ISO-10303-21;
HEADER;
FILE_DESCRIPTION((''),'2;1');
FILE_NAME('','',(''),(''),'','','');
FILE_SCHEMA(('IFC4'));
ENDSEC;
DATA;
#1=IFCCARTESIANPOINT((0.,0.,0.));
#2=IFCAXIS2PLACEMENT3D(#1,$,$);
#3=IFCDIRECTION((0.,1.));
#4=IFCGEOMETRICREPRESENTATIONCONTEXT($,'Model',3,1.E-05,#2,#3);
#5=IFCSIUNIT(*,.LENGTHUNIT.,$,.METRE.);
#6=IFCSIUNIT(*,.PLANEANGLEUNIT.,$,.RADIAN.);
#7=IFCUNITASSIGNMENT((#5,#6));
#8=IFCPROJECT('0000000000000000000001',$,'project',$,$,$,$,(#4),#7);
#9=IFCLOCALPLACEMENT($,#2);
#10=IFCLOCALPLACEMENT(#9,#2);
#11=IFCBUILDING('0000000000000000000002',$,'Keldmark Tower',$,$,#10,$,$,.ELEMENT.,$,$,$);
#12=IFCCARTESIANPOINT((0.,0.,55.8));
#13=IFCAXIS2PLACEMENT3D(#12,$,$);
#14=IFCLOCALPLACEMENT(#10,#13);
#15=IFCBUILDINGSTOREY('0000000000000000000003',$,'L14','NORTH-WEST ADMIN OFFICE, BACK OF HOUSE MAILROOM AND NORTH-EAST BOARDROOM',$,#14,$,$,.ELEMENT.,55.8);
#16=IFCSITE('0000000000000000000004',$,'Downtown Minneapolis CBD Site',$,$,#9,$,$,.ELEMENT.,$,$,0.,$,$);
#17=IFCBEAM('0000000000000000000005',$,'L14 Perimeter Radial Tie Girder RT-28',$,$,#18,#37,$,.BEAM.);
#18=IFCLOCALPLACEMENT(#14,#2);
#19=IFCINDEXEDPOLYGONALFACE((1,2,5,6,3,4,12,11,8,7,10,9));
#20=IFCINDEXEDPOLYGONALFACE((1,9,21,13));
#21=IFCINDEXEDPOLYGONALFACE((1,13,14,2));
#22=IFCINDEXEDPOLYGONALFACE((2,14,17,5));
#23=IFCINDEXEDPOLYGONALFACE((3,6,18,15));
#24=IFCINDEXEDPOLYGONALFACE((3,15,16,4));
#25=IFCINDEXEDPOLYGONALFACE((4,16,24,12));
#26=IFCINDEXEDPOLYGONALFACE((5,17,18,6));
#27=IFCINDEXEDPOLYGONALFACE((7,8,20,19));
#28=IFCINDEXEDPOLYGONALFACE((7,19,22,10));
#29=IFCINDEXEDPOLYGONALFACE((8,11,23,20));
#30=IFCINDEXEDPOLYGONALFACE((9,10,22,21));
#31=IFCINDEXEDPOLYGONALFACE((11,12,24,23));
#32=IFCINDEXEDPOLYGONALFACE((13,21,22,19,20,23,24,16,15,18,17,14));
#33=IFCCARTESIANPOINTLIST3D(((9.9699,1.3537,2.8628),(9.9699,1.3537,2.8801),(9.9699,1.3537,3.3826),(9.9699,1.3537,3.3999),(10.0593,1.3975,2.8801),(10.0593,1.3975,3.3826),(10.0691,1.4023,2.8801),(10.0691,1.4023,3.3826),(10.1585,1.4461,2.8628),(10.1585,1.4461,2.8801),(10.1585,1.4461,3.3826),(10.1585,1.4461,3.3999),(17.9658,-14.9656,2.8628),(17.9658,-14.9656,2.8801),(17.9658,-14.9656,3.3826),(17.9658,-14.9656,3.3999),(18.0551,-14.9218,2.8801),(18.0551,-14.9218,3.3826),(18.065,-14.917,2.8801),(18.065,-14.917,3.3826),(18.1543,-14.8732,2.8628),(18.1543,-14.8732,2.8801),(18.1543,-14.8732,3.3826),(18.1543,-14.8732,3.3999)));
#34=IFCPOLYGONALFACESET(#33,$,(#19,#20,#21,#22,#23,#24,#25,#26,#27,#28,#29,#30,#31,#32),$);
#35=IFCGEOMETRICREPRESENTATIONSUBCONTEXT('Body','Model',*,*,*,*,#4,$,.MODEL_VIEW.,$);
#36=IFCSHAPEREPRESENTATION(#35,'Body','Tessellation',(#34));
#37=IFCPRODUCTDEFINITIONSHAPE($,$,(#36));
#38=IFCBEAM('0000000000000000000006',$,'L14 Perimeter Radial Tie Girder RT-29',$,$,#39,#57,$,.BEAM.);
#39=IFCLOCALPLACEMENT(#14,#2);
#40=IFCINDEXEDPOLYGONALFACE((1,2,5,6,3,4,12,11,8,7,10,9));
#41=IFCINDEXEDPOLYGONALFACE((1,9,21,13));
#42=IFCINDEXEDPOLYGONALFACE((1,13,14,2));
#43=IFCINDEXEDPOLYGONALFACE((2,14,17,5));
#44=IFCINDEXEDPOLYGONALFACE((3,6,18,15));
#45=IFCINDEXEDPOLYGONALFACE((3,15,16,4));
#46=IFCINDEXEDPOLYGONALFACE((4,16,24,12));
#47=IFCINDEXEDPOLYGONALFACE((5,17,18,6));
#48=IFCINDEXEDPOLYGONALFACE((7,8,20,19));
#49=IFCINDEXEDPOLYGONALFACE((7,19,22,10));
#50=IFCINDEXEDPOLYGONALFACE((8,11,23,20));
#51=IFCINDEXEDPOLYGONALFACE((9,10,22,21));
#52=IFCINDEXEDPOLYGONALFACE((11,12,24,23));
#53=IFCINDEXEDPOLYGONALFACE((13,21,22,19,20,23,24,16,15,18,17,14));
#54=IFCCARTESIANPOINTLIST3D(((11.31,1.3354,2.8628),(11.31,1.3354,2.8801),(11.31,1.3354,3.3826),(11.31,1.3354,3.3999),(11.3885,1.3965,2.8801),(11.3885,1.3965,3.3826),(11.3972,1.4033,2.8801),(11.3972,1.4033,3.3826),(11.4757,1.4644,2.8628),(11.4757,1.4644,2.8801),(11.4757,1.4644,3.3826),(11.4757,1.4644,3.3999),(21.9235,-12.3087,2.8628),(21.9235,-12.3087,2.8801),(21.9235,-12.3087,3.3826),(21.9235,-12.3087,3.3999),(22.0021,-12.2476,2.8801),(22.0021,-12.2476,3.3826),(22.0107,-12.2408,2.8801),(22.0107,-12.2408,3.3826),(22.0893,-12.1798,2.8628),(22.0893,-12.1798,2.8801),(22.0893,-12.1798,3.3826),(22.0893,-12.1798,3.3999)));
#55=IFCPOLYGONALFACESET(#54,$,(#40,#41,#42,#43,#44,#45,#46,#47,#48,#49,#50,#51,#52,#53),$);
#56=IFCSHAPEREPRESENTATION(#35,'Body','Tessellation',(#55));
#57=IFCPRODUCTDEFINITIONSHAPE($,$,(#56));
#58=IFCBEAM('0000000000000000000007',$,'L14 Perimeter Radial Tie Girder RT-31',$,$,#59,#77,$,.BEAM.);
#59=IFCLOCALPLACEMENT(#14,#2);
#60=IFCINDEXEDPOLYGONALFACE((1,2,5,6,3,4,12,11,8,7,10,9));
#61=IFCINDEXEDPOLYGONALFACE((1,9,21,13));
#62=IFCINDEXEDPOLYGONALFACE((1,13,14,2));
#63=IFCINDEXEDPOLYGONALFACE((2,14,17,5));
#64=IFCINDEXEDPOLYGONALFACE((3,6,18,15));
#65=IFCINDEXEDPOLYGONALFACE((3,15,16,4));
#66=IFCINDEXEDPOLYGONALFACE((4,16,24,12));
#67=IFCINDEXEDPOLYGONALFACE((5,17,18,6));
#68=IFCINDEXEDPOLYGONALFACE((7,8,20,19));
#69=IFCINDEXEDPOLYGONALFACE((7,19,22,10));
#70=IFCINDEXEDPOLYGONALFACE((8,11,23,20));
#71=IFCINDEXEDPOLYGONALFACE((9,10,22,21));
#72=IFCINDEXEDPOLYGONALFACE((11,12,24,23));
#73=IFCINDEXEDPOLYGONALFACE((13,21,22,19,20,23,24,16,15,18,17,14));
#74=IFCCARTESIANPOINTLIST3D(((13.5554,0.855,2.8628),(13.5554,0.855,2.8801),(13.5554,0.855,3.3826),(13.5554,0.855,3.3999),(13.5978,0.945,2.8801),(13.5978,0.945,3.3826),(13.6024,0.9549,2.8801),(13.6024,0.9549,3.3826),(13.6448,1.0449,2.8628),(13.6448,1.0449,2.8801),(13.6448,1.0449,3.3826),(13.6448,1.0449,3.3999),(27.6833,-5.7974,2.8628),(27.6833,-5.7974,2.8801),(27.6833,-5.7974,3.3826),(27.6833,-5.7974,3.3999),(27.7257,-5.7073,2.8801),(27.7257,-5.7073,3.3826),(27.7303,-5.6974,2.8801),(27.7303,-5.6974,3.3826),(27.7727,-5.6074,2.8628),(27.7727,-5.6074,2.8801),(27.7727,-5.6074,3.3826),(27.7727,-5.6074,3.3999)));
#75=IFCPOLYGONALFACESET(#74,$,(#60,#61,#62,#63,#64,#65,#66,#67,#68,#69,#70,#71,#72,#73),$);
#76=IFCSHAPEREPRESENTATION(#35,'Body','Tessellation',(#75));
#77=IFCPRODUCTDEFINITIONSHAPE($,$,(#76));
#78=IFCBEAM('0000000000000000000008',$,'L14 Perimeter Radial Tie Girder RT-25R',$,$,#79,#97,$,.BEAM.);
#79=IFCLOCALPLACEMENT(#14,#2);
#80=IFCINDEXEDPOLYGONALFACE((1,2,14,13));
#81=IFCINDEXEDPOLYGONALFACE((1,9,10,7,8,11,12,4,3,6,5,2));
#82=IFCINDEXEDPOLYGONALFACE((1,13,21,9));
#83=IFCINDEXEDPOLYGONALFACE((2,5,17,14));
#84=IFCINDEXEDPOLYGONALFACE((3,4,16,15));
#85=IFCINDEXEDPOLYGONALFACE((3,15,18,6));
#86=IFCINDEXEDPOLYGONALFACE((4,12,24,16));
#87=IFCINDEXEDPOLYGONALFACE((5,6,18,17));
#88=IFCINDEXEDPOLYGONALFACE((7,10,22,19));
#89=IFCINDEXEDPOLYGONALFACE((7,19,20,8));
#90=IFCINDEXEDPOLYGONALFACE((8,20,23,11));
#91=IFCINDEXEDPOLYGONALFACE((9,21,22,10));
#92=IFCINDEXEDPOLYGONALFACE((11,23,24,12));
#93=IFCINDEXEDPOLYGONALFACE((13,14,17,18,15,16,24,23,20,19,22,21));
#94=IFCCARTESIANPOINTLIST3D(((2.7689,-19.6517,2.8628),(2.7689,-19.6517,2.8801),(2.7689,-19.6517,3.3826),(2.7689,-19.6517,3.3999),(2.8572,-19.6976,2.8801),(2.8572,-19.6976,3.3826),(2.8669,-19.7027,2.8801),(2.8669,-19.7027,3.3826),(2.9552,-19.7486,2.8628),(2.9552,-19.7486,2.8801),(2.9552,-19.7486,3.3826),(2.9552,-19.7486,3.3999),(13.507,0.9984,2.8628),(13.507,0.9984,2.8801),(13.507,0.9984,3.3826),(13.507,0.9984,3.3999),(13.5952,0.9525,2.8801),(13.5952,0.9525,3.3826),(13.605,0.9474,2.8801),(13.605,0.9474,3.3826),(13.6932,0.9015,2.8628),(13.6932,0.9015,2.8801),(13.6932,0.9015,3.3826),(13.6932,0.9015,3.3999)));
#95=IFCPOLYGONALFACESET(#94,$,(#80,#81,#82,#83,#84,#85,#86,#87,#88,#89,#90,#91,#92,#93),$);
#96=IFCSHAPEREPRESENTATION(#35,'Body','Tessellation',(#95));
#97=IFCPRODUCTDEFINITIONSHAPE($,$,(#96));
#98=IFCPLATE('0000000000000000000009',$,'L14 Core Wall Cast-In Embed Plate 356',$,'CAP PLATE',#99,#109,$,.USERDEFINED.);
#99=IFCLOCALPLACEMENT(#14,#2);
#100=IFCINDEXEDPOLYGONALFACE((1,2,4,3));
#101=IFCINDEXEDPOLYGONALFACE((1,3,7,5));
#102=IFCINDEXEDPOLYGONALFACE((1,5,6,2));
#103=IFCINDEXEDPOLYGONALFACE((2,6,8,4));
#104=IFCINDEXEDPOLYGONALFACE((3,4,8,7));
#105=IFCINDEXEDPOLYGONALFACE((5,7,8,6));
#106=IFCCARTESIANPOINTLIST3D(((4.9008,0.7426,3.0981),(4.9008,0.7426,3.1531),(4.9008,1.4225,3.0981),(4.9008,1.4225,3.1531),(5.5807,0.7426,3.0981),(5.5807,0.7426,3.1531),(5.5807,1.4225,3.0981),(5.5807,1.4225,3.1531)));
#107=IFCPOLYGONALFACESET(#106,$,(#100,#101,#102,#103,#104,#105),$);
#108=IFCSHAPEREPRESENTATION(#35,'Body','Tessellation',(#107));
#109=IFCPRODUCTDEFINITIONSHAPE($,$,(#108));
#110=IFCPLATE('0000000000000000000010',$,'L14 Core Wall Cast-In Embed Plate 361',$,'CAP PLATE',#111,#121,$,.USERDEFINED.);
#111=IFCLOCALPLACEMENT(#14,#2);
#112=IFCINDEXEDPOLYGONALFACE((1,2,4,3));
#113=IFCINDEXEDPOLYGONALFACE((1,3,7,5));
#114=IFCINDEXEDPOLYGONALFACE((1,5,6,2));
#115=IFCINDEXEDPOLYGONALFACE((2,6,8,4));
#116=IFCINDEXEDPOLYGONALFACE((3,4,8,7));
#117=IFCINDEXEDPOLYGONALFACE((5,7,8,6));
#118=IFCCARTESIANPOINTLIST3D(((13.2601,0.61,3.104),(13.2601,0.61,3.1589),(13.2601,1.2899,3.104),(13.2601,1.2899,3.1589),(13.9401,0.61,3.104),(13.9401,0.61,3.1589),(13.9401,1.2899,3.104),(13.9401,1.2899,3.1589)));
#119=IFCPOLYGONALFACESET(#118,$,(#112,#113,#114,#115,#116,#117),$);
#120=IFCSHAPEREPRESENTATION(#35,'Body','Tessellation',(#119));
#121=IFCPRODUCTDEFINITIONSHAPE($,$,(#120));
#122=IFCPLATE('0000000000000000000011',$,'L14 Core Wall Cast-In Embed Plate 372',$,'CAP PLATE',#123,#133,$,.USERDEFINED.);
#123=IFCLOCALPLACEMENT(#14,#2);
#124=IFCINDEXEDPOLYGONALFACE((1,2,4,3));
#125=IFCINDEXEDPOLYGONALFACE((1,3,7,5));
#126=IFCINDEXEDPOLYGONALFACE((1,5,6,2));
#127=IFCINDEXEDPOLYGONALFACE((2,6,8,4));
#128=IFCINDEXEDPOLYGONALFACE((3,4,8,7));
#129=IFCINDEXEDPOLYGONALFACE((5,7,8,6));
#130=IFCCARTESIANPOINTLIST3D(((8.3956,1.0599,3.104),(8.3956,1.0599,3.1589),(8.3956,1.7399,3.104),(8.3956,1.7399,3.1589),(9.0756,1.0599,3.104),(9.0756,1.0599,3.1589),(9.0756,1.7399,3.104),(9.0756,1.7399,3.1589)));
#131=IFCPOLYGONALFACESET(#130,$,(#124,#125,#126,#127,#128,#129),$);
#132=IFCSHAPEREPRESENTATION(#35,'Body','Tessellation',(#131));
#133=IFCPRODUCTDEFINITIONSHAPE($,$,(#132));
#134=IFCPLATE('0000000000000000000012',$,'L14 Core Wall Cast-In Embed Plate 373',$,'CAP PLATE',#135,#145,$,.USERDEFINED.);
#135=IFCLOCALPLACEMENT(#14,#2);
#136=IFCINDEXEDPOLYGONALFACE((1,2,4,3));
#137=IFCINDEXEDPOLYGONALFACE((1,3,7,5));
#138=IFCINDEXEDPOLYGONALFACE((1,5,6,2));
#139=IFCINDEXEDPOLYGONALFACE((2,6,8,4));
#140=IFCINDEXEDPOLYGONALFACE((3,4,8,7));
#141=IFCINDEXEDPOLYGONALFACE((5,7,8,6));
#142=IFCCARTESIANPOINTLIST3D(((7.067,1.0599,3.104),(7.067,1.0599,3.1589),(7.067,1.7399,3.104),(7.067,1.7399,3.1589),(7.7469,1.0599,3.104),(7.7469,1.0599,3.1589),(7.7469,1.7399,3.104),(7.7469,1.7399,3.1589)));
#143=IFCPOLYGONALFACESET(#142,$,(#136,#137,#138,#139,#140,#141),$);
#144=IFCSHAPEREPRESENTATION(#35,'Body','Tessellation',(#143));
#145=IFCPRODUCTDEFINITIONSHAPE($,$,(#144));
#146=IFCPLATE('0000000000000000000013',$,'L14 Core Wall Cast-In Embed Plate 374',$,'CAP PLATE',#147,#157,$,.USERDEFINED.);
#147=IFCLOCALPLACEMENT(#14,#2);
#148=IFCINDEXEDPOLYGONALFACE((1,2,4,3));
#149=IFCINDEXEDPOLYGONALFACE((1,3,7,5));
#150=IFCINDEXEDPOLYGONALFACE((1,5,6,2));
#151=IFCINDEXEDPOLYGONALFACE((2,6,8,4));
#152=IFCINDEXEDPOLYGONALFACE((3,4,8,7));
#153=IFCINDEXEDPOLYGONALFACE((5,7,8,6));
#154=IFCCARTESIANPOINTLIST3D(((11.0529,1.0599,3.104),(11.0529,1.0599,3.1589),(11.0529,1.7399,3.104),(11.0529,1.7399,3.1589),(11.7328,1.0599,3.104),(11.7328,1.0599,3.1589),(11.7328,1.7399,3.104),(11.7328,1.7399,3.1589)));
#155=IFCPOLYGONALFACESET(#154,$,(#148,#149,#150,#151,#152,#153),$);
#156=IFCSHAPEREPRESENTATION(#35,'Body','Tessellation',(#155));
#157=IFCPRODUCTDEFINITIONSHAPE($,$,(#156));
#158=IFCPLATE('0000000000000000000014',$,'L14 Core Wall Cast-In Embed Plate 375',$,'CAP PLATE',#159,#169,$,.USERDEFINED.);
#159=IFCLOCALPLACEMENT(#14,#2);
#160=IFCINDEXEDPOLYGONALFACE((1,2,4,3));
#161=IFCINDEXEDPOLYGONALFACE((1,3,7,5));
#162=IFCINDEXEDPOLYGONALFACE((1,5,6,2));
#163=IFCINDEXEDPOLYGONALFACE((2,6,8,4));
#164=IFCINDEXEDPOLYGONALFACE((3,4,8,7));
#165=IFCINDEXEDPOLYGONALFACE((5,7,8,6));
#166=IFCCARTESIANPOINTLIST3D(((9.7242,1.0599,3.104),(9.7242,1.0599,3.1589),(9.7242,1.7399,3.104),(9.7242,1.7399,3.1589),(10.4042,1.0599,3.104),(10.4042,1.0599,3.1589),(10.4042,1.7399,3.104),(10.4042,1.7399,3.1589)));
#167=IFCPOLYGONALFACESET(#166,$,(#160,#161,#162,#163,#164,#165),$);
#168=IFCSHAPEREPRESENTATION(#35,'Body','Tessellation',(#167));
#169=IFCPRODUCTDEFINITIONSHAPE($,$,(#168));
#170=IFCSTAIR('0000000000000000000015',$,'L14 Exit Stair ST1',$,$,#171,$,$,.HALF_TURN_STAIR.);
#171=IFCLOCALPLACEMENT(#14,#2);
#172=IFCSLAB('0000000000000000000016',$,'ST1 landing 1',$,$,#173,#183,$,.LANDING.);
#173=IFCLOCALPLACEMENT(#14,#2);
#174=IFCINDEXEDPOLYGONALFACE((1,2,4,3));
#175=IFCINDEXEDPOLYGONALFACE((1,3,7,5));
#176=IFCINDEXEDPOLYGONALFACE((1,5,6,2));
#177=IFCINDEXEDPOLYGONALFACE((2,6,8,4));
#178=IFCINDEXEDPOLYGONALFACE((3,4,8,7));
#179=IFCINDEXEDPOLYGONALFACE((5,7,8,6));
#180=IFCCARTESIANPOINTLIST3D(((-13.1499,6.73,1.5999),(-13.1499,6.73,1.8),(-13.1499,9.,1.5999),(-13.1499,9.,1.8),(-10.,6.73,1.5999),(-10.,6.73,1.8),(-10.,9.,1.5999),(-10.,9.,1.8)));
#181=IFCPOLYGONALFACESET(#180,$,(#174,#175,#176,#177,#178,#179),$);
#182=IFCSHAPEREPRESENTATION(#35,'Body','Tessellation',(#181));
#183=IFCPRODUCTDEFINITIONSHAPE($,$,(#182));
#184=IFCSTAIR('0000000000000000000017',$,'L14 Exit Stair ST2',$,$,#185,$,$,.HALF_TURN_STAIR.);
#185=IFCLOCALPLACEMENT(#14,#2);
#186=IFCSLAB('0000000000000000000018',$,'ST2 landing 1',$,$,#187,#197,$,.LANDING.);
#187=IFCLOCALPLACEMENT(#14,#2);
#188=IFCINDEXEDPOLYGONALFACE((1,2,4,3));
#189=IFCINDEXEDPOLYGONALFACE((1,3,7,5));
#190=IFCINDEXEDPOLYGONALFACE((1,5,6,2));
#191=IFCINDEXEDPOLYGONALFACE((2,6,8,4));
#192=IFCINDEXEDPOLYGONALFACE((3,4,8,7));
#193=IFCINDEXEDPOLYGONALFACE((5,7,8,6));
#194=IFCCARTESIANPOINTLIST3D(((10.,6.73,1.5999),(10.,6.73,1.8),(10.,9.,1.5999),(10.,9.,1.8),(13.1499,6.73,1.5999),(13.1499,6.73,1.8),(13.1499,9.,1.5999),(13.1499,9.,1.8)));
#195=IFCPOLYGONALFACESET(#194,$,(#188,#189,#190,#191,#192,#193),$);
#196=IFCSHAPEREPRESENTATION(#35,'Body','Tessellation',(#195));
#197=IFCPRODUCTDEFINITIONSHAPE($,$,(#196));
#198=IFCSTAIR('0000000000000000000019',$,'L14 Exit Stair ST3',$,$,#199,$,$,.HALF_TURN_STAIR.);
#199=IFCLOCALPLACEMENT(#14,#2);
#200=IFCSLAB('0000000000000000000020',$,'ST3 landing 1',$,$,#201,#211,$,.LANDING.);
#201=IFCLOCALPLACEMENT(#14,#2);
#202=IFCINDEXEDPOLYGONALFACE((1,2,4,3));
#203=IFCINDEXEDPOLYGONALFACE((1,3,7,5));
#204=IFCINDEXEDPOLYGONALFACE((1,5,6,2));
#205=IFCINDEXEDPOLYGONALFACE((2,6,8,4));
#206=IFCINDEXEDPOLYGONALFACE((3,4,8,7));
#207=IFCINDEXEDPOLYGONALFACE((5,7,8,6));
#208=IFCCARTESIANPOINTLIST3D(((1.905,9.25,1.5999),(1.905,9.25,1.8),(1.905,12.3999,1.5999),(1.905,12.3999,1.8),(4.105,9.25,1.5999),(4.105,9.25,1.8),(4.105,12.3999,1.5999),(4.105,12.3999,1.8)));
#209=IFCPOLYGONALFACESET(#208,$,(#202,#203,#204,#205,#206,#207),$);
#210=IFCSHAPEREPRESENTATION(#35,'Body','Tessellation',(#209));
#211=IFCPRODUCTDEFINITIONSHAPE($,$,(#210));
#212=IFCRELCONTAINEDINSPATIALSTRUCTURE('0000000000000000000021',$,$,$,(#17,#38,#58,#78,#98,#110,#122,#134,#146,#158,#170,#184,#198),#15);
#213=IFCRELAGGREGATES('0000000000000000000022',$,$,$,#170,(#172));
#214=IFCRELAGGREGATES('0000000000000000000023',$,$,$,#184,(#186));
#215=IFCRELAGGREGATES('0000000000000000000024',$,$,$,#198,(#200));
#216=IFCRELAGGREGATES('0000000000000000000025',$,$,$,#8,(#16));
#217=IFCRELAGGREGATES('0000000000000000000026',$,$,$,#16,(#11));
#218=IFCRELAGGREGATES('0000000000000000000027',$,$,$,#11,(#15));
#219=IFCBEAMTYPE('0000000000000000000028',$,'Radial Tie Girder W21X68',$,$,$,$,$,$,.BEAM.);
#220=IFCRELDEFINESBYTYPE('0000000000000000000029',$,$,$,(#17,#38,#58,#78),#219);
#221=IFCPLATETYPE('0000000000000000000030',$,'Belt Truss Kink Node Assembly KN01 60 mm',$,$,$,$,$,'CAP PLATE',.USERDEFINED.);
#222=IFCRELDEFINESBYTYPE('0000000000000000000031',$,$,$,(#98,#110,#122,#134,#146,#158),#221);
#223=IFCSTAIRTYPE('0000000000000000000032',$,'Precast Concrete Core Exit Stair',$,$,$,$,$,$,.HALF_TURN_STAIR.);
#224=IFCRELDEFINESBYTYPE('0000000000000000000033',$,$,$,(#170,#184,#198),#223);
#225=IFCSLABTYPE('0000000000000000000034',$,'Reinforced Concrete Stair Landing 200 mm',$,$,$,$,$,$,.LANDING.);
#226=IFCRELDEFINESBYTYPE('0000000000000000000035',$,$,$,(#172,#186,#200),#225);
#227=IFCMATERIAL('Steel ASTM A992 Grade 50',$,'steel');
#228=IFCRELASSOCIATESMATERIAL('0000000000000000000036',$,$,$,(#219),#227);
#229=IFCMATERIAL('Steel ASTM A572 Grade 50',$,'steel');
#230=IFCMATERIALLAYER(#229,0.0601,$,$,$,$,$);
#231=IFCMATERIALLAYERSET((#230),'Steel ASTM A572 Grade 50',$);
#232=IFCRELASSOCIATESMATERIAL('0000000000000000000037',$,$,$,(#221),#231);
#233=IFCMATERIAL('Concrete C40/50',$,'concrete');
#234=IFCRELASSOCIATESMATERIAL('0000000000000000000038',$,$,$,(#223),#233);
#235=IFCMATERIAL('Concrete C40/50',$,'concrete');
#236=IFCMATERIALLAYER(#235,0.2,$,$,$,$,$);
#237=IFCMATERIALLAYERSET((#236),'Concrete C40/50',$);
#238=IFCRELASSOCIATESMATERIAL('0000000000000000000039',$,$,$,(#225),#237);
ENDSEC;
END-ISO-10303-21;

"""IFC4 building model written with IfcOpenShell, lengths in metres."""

from ifc_helpers import new_model, si_unit, direction, frame, origin, origin_2d, place, context, subcontext, project, spatial, polyline, rectangle, i_section, outline, extrude, material, layer, layer_set, material_profile, profile_set, type_object, element, aggregate, save


model = new_model("IFC4")

# Units and contexts
model_context = context("Model", 3, precision=1e-05, world=origin(), true_north=direction((0.0, 1.0)))
body_context = subcontext(model_context, "Body", "Model", "MODEL_VIEW")
ifc_project = project(units=[si_unit("LENGTHUNIT", "METRE"), si_unit("PLANEANGLEUNIT", "RADIAN")], contexts=[model_context])

# Site, building, storey
site_placement = place(None, origin())
site = spatial("IfcSite", under=ifc_project, at=site_placement, Name="Downtown Minneapolis CBD Site", CompositionType="ELEMENT", RefElevation=0.0)
building_placement = place(site_placement, origin())
building = spatial("IfcBuilding", under=site, at=building_placement, Name="Keldmark Tower", CompositionType="ELEMENT")
storey_placement = place(building_placement, frame((0.0, 0.0, 55.8)))
storey = spatial("IfcBuildingStorey", under=building, at=storey_placement, Name="L14", Description="NORTH-WEST ADMIN OFFICE, BACK OF HOUSE MAILROOM AND NORTH-EAST BOARDROOM", CompositionType="ELEMENT", Elevation=55.8)

# Beams
ifc_material_1 = material(Name="Steel ASTM A992 Grade 50", Category="steel")
ifc_material_profile_1 = material_profile(ifc_material_1, i_section(OverallWidth=0.21, OverallDepth=0.5371, WebThickness=0.011, FlangeThickness=0.0173, at=origin_2d()), Name="W21X68")
ifc_profile_set_1 = profile_set([ifc_material_profile_1], Name="Steel ASTM A992 Grade 50")
beam_type = type_object("IfcBeamType", Name="Radial Tie Girder W21X68", PredefinedType="BEAM", material=ifc_profile_set_1)
beam_1_placement = place(storey_placement, frame((10.0642, 1.3999, 3.1313), z_axis=(0.439988, -0.898004, 0.0), x_axis=(0.898004, 0.439988, 0.0)))
element("IfcBeam", 1, at=beam_1_placement, inside=storey, type_object=beam_type, Name="L14 Perimeter Radial Tie Girder RT-28", PredefinedType="BEAM", context=body_context, shape_type="SweptSolid", body=[
    extrude(i_section(OverallWidth=0.21, OverallDepth=0.5371, WebThickness=0.011, FlangeThickness=0.0173, at=origin_2d()), origin(), (0.0, 0.0, 1.0), 18.1729),
])
beam_2_placement = place(storey_placement, frame((11.3928, 1.3999, 3.1313), z_axis=(0.613994, -0.78931, 0.0), x_axis=(0.78931, 0.613994, 0.0)))
element("IfcBeam", 2, at=beam_2_placement, inside=storey, type_object=beam_type, Name="L14 Perimeter Radial Tie Girder RT-29", PredefinedType="BEAM", context=body_context, shape_type="SweptSolid", body=[
    extrude(i_section(OverallWidth=0.21, OverallDepth=0.5371, WebThickness=0.011, FlangeThickness=0.0173, at=origin_2d()), origin(), (0.0, 0.0, 1.0), 17.2861),
])
beam_3_placement = place(storey_placement, frame((13.6001, 0.95, 3.1313), z_axis=(0.904722, -0.426002, 0.0), x_axis=(0.426002, 0.904722, 0.0)))
element("IfcBeam", 3, at=beam_3_placement, inside=storey, type_object=beam_type, Name="L14 Perimeter Radial Tie Girder RT-31", PredefinedType="BEAM", context=body_context, shape_type="SweptSolid", body=[
    extrude(i_section(OverallWidth=0.21, OverallDepth=0.5371, WebThickness=0.011, FlangeThickness=0.0173, at=origin_2d()), origin(), (0.0, 0.0, 1.0), 15.6157),
])
beam_4_placement = place(storey_placement, frame((13.6001, 0.95, 3.1313), z_axis=(-0.461351, -0.887217, 0.0), x_axis=(0.887217, -0.461351, 0.0)))
element("IfcBeam", 4, at=beam_4_placement, inside=storey, type_object=beam_type, Name="L14 Perimeter Radial Tie Girder RT-25R", PredefinedType="BEAM", context=body_context, shape_type="SweptSolid", body=[
    extrude(i_section(OverallWidth=0.21, OverallDepth=0.5371, WebThickness=0.011, FlangeThickness=0.0173, at=origin_2d()), origin(), (0.0, 0.0, 1.0), 23.2751),
])

# Plates
ifc_material_2 = material(Name="Steel ASTM A572 Grade 50", Category="steel")
ifc_layer_1 = layer(ifc_material_2, 0.0601)
ifc_layer_set_1 = layer_set([ifc_layer_1], Name="Steel ASTM A572 Grade 50")
plate_type = type_object("IfcPlateType", Name="Belt Truss Kink Node Assembly KN01 60 mm", ElementType="CAP PLATE", PredefinedType="USERDEFINED", material=ifc_layer_set_1)
for number, where, z_axis, x_axis, name in (
    (5, (5.2407, 1.0825, 3.0981), (0.0, 0.0, 1.0), (1.0, 0.0, 0.0), "L14 Core Wall Cast-In Embed Plate 356"),
    (6, (13.6001, 0.95, 3.104), (0.0, 0.0, 1.0), (1.0, 0.0, 0.0), "L14 Core Wall Cast-In Embed Plate 361"),
    (7, (8.7356, 1.3999, 3.104), (0.0, 0.0, 1.0), (1.0, 0.0, 0.0), "L14 Core Wall Cast-In Embed Plate 372"),
    (8, (7.407, 1.3999, 3.104), (0.0, 0.0, 1.0), (1.0, 0.0, 0.0), "L14 Core Wall Cast-In Embed Plate 373"),
    (9, (11.3928, 1.3999, 3.104), (0.0, 0.0, 1.0), (1.0, 0.0, 0.0), "L14 Core Wall Cast-In Embed Plate 374"),
    (10, (10.0642, 1.3999, 3.104), (0.0, 0.0, 1.0), (1.0, 0.0, 0.0), "L14 Core Wall Cast-In Embed Plate 375"),
):
    element("IfcPlate", number, at=place(storey_placement, frame(where, z_axis=z_axis, x_axis=x_axis)), inside=storey, type_object=plate_type, Name=name, ObjectType="CAP PLATE", PredefinedType="USERDEFINED", context=body_context, shape_type="SweptSolid", body=[
        extrude(rectangle(XDim=0.6799, YDim=0.6799, at=origin_2d()), origin(), (0.0, 0.0, 1.0), 0.0549),
    ])

# Stairs, slabs
ifc_material_3 = material(Name="Concrete C40/50", Category="concrete")
stair_type = type_object("IfcStairType", Name="Precast Concrete Core Exit Stair", PredefinedType="HALF_TURN_STAIR", material=ifc_material_3)
stair_1_placement = place(storey_placement, origin())
stair_1 = element("IfcStair", 11, at=stair_1_placement, inside=storey, type_object=stair_type, Name="L14 Exit Stair ST1", PredefinedType="HALF_TURN_STAIR")
ifc_material_4 = material(Name="Concrete C40/50", Category="concrete")
ifc_layer_2 = layer(ifc_material_4, 0.2)
ifc_layer_set_2 = layer_set([ifc_layer_2], Name="Concrete C40/50")
slab_type = type_object("IfcSlabType", Name="Reinforced Concrete Stair Landing 200 mm", PredefinedType="LANDING", material=ifc_layer_set_2)
slab_1_placement = place(storey_placement, frame((0.0, 0.0, 1.5999)))
slab_1 = element("IfcSlab", 12, at=slab_1_placement, type_object=slab_type, Name="ST1 landing 1", PredefinedType="LANDING", context=body_context, shape_type="SweptSolid", body=[
    extrude(outline(polyline([(-10.0, 6.73), (-10.0, 9.0), (-13.1499, 9.0), (-13.1499, 6.73), (-10.0, 6.73)])), origin(), (0.0, 0.0, 1.0), 0.2002),
])
aggregate(stair_1, [slab_1])
stair_2_placement = place(storey_placement, origin())
stair_2 = element("IfcStair", 13, at=stair_2_placement, inside=storey, type_object=stair_type, Name="L14 Exit Stair ST2", PredefinedType="HALF_TURN_STAIR")
slab_2_placement = place(storey_placement, frame((0.0, 0.0, 1.5999)))
slab_2 = element("IfcSlab", 14, at=slab_2_placement, type_object=slab_type, Name="ST2 landing 1", PredefinedType="LANDING", context=body_context, shape_type="SweptSolid", body=[
    extrude(outline(polyline([(13.1499, 6.73), (13.1499, 9.0), (10.0, 9.0), (10.0, 6.73), (13.1499, 6.73)])), origin(), (0.0, 0.0, 1.0), 0.2002),
])
aggregate(stair_2, [slab_2])
stair_3_placement = place(storey_placement, origin())
stair_3 = element("IfcStair", 15, at=stair_3_placement, inside=storey, type_object=stair_type, Name="L14 Exit Stair ST3", PredefinedType="HALF_TURN_STAIR")
slab_3_placement = place(storey_placement, frame((0.0, 0.0, 1.5999)))
slab_3 = element("IfcSlab", 16, at=slab_3_placement, type_object=slab_type, Name="ST3 landing 1", PredefinedType="LANDING", context=body_context, shape_type="SweptSolid", body=[
    extrude(outline(polyline([(1.905, 9.25), (4.105, 9.25), (4.105, 12.3999), (1.905, 12.3999), (1.905, 9.25)])), origin(), (0.0, 0.0, 1.0), 0.2002),
])
aggregate(stair_3, [slab_3])

save(model, "model.ifc")
